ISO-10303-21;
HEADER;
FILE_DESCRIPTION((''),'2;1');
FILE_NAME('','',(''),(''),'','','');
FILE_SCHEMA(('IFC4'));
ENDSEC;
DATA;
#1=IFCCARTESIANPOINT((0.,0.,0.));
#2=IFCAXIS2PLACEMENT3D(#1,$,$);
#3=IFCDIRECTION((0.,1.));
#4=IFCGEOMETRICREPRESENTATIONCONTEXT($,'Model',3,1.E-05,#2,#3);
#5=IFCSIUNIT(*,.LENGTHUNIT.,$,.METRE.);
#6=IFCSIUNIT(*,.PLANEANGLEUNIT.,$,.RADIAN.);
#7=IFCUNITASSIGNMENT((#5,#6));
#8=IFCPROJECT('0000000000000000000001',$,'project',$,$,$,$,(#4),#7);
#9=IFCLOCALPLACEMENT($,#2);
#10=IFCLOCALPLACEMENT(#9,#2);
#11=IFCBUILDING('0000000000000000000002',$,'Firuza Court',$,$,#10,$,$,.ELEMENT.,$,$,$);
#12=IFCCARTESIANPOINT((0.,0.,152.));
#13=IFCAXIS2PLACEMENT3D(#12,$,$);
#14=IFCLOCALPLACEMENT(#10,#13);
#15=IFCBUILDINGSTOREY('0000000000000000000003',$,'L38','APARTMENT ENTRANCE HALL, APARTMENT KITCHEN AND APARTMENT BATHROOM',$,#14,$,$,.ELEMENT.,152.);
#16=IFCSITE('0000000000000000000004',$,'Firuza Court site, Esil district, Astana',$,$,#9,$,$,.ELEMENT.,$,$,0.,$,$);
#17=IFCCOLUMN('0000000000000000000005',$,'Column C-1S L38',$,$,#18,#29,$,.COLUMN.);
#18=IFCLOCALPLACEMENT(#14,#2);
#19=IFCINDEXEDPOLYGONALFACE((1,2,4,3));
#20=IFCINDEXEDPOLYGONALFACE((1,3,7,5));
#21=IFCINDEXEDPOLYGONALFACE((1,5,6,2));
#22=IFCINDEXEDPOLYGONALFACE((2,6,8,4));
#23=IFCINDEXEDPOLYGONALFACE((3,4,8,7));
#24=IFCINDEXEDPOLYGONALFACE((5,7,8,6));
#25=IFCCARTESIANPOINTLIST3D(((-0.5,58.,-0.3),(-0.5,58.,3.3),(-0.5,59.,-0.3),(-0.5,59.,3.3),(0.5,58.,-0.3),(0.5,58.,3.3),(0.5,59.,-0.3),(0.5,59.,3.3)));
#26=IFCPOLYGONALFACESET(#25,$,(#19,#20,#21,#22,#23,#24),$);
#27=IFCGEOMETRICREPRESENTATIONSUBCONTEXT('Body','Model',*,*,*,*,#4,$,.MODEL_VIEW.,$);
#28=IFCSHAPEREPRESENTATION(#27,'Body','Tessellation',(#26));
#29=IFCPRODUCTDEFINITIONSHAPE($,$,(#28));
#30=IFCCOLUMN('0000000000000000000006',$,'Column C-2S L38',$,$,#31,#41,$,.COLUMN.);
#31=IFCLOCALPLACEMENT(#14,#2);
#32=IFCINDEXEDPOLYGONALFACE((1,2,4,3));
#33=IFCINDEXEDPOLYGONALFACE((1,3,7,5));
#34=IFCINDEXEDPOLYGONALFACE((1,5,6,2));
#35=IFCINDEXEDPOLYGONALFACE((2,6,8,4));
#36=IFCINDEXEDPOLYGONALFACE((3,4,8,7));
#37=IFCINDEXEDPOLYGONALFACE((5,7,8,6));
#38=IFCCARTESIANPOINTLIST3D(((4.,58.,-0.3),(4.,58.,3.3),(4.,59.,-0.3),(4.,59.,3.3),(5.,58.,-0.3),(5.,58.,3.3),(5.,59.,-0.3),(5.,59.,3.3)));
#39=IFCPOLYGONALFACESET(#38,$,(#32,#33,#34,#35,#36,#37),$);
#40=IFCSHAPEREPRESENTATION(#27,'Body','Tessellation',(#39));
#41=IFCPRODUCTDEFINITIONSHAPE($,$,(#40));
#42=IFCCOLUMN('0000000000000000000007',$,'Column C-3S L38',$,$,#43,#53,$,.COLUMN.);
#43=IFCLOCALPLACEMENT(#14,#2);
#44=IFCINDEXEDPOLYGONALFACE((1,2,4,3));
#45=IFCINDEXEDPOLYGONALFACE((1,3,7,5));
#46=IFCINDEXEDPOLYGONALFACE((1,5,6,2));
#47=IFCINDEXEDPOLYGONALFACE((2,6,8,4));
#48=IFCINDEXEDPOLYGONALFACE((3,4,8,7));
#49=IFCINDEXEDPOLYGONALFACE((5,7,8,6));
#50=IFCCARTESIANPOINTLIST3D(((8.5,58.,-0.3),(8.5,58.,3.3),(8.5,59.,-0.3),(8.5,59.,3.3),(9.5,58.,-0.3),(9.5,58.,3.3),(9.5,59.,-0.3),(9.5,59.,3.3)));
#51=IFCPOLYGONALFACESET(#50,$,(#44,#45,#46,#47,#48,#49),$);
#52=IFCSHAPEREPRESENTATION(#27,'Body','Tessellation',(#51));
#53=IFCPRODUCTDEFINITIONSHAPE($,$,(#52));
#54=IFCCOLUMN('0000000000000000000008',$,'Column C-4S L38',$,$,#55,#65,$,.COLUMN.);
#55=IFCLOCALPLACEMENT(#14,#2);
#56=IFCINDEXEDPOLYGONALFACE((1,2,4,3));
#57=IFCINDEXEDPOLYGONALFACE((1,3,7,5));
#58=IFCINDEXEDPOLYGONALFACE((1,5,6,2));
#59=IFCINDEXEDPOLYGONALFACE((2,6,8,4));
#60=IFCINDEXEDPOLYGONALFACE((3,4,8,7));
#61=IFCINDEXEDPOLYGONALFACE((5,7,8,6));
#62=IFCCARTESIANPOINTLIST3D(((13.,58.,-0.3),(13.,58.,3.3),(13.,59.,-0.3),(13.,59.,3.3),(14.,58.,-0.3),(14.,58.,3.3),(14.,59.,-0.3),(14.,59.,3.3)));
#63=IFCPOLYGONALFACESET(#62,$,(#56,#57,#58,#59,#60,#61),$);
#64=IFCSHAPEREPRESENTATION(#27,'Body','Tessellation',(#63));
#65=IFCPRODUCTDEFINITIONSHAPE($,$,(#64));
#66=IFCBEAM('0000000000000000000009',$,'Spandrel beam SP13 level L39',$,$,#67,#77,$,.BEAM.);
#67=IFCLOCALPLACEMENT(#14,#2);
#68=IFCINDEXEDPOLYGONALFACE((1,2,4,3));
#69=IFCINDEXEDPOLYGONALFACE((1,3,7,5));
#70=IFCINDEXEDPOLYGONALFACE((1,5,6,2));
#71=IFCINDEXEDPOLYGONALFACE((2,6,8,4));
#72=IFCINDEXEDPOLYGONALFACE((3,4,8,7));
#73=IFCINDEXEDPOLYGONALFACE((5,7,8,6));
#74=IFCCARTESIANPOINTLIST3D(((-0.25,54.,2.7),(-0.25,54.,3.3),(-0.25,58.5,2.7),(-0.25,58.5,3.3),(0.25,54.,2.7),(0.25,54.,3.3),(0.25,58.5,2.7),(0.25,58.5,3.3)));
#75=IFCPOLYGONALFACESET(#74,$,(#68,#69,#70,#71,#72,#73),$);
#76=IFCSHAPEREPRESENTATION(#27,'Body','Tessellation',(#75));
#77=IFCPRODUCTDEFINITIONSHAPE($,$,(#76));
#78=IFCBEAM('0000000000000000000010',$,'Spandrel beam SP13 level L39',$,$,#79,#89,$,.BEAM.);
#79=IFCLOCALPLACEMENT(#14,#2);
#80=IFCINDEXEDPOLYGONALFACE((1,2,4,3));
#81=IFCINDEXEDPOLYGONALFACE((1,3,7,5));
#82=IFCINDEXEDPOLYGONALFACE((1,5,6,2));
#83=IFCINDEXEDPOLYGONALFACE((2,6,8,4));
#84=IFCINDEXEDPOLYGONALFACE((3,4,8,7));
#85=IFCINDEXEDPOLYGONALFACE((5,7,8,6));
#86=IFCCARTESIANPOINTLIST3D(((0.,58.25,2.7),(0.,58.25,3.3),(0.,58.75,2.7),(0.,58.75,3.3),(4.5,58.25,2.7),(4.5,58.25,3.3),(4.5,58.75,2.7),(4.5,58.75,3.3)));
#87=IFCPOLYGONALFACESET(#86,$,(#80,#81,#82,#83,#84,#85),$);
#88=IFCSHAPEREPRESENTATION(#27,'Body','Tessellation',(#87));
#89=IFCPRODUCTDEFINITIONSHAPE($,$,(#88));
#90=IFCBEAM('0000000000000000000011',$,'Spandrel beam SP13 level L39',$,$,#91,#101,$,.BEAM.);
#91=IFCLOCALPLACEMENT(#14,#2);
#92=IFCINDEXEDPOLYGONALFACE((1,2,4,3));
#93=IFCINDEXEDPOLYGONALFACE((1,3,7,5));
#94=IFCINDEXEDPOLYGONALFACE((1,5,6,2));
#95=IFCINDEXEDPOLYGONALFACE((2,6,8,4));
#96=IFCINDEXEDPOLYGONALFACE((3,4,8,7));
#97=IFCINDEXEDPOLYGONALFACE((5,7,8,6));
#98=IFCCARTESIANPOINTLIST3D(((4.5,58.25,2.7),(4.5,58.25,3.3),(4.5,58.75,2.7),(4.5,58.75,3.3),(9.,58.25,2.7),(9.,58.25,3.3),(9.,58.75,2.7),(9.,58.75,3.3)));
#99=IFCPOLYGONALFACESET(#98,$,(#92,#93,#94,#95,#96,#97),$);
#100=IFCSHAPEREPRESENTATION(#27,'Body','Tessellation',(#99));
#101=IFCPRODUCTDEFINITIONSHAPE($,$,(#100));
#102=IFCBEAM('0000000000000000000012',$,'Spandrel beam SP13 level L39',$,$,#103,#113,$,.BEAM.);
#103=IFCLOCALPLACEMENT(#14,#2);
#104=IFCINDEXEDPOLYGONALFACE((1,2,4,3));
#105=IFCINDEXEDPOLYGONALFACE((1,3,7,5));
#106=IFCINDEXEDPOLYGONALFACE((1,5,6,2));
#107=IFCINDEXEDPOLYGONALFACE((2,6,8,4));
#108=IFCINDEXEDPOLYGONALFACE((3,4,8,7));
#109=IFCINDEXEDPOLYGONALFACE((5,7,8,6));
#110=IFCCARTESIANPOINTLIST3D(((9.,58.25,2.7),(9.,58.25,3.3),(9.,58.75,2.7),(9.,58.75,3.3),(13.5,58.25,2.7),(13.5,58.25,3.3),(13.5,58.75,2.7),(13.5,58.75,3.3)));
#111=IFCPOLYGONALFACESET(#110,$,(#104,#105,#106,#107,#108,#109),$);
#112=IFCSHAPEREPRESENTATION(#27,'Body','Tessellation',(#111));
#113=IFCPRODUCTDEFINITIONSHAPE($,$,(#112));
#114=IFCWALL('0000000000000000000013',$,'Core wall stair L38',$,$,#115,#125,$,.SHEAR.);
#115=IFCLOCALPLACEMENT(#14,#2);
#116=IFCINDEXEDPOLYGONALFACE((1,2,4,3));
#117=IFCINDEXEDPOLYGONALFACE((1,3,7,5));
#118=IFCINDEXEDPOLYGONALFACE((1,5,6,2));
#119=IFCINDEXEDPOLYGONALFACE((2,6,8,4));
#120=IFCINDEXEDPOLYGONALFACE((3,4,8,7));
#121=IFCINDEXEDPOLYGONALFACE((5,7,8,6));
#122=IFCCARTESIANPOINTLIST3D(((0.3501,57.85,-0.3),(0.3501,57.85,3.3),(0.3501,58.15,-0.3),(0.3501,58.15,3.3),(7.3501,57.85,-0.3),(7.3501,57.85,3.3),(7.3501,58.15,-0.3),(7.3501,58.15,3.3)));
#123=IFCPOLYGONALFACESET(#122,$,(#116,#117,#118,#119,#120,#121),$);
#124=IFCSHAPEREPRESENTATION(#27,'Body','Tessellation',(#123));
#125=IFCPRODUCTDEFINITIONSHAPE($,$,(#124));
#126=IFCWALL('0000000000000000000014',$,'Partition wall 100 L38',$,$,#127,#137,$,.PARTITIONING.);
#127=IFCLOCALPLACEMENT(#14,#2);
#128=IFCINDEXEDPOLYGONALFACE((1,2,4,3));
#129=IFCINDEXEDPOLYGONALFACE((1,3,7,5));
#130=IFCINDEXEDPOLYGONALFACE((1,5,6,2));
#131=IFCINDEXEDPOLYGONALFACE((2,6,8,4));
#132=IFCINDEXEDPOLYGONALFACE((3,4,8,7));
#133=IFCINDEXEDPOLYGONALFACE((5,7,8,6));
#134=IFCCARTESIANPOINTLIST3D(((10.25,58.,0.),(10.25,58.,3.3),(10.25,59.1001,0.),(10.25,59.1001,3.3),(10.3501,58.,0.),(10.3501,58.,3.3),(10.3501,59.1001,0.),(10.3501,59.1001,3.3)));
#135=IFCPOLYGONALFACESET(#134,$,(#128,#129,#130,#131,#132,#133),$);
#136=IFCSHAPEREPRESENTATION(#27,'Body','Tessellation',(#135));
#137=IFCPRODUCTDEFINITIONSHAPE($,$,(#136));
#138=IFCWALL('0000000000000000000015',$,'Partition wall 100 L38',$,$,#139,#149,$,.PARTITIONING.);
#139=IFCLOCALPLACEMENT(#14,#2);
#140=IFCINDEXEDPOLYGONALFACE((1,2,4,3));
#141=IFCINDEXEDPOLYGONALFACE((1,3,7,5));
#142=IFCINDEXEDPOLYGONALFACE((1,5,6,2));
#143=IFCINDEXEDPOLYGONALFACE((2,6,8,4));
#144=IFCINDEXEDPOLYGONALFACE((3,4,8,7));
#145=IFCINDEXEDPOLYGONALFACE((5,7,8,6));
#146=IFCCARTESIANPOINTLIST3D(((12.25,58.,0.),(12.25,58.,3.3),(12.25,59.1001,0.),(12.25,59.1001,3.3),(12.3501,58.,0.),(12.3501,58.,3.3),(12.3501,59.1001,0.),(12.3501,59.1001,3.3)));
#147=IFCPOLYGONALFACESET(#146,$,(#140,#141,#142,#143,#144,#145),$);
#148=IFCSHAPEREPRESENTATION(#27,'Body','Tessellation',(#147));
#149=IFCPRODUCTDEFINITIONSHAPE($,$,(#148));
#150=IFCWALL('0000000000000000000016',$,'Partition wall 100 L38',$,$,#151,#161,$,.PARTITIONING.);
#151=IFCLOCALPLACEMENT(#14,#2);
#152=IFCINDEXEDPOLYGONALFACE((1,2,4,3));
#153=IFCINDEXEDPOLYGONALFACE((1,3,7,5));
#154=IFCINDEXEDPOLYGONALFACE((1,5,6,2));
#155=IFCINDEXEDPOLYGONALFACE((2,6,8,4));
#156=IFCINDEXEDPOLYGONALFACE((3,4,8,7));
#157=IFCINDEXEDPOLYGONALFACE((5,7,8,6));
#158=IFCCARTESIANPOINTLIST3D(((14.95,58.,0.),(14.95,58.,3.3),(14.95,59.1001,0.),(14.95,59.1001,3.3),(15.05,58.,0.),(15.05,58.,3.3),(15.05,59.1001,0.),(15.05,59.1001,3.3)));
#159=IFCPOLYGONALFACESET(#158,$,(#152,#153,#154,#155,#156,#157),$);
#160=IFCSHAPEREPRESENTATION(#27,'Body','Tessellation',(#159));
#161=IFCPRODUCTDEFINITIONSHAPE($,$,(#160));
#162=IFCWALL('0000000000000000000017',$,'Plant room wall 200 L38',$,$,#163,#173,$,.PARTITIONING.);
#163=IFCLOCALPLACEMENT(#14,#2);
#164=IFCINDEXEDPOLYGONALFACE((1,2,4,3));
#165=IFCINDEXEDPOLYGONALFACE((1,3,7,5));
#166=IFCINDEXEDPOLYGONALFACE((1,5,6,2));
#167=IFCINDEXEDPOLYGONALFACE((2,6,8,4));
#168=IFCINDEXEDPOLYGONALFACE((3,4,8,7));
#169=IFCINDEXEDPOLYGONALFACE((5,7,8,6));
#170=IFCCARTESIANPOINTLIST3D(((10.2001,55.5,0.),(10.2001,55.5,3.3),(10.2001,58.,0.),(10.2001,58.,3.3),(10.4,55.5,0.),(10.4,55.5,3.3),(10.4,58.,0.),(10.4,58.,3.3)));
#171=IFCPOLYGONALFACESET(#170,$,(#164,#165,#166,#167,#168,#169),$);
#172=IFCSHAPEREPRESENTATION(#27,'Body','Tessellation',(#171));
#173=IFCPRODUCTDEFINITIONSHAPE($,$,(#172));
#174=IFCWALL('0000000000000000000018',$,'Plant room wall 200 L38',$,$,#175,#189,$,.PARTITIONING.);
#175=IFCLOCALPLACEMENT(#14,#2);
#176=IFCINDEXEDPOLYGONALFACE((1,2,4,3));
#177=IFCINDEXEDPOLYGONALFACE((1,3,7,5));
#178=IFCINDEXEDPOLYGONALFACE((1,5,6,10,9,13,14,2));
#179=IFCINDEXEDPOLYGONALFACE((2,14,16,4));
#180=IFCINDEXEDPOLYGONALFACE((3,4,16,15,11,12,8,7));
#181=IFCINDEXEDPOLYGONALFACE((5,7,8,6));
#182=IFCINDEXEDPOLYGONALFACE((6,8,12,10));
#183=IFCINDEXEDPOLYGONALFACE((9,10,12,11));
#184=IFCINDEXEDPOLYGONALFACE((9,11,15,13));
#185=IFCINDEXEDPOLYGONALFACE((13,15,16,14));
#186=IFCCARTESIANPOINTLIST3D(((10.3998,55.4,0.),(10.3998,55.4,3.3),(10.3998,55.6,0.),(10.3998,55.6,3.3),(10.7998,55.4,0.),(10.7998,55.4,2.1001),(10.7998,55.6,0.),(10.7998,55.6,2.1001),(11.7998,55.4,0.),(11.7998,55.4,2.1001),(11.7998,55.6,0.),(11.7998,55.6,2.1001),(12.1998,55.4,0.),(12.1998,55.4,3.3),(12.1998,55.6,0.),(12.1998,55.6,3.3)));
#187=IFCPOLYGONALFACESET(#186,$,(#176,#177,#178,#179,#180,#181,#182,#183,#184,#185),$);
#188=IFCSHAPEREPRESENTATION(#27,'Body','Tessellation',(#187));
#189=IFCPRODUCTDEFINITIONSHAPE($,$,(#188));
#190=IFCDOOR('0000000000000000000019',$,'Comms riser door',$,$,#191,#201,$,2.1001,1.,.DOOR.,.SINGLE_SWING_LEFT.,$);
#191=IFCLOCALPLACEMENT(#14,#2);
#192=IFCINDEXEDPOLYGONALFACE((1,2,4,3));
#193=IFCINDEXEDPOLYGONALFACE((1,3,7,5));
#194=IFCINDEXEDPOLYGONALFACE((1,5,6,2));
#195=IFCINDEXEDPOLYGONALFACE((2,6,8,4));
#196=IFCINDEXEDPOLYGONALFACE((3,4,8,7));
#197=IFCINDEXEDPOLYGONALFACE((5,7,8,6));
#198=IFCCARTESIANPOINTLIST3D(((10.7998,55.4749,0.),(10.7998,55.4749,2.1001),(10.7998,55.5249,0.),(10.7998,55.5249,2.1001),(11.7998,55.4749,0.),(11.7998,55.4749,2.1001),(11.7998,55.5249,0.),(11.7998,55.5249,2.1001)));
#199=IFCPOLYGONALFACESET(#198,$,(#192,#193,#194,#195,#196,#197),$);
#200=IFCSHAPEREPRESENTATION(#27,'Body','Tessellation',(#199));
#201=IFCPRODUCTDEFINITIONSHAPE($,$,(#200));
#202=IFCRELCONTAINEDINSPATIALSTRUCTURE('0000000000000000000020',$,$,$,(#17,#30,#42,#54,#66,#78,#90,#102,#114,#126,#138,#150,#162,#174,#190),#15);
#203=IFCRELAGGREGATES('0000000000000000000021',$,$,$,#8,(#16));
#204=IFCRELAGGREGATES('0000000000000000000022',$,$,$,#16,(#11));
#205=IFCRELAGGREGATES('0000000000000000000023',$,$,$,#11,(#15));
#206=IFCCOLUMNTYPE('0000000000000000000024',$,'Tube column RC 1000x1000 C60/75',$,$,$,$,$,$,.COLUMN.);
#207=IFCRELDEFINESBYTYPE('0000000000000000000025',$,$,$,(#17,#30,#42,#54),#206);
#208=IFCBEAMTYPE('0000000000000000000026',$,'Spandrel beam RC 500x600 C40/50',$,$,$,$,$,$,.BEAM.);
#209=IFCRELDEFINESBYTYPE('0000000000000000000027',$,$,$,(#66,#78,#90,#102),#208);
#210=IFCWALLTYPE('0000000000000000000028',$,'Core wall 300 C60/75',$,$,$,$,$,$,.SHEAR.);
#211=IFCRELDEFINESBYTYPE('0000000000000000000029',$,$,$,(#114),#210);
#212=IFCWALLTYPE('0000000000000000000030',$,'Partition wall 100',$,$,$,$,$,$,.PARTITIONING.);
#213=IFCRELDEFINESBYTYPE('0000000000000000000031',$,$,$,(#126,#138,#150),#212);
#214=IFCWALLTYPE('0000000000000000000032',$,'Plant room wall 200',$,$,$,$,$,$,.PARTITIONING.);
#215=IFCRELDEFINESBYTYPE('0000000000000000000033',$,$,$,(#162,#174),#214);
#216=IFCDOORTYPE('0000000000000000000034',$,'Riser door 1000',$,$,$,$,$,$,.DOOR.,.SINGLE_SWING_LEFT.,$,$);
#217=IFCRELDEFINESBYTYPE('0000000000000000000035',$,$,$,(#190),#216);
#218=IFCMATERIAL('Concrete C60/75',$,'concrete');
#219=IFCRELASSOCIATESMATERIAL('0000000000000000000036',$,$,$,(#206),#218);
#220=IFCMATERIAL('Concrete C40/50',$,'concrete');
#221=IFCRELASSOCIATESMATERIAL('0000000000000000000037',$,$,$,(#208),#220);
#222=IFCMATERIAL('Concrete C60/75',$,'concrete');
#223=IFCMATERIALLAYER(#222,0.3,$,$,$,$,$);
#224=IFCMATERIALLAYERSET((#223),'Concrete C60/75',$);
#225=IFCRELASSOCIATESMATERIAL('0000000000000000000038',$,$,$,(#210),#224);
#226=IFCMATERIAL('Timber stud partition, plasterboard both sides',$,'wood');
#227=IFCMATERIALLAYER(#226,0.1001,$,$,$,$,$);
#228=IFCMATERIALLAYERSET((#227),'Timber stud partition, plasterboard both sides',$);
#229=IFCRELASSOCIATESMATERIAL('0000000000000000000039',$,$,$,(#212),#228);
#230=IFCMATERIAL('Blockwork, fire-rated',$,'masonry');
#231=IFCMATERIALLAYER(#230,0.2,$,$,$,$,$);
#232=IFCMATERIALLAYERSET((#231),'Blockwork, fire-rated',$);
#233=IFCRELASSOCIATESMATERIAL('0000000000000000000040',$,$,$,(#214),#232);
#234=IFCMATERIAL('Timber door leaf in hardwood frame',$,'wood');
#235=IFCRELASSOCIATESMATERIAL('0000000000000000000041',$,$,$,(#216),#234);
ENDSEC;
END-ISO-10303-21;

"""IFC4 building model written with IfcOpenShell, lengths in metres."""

from ifc_helpers import new_model, si_unit, direction, frame, frame_2d, origin, origin_2d, place, context, subcontext, project, spatial, rectangle, extrude, material, layer, layer_set, material_profile, profile_set, type_object, element, fill, save


model = new_model("IFC4")

# Units and contexts
model_context = context("Model", 3, precision=1e-05, world=origin(), true_north=direction((0.0, 1.0)))
body_context = subcontext(model_context, "Body", "Model", "MODEL_VIEW")
ifc_project = project(units=[si_unit("LENGTHUNIT", "METRE"), si_unit("PLANEANGLEUNIT", "RADIAN")], contexts=[model_context])

# Site, building, storey
site_placement = place(None, origin())
site = spatial("IfcSite", under=ifc_project, at=site_placement, Name="Firuza Court site, Esil district, Astana", CompositionType="ELEMENT", RefElevation=0.0)
building_placement = place(site_placement, origin())
building = spatial("IfcBuilding", under=site, at=building_placement, Name="Firuza Court", CompositionType="ELEMENT")
storey_placement = place(building_placement, frame((0.0, 0.0, 152.0)))
storey = spatial("IfcBuildingStorey", under=building, at=storey_placement, Name="L38", Description="APARTMENT ENTRANCE HALL, APARTMENT KITCHEN AND APARTMENT BATHROOM", CompositionType="ELEMENT", Elevation=152.0)

# Columns
ifc_material_1 = material(Name="Concrete C60/75", Category="concrete")
ifc_material_profile_1 = material_profile(ifc_material_1, rectangle(XDim=1.0, YDim=1.0, at=origin_2d()), Name="RC 1000x1000")
ifc_profile_set_1 = profile_set([ifc_material_profile_1], Name="Concrete C60/75")
column_type = type_object("IfcColumnType", Name="Tube column RC 1000x1000 C60/75", PredefinedType="COLUMN", material=ifc_profile_set_1)
for number, where, z_axis, x_axis, name in (
    (1, (0.0, 58.5, -0.3), (0.0, 0.0, 1.0), (1.0, 0.0, 0.0), "Column C-1S L38"),
    (2, (4.5, 58.5, -0.3), (0.0, 0.0, 1.0), (1.0, 0.0, 0.0), "Column C-2S L38"),
    (3, (9.0, 58.5, -0.3), (0.0, 0.0, 1.0), (1.0, 0.0, 0.0), "Column C-3S L38"),
    (4, (13.5, 58.5, -0.3), (0.0, 0.0, 1.0), (1.0, 0.0, 0.0), "Column C-4S L38"),
):
    element("IfcColumn", number, at=place(storey_placement, frame(where, z_axis=z_axis, x_axis=x_axis)), inside=storey, type_object=column_type, Name=name, PredefinedType="COLUMN", context=body_context, shape_type="SweptSolid", body=[
        extrude(rectangle(XDim=1.0, YDim=1.0, at=origin_2d()), origin(), (0.0, 0.0, 1.0), 3.6001),
    ])

# Beams
ifc_material_2 = material(Name="Concrete C40/50", Category="concrete")
ifc_material_profile_2 = material_profile(ifc_material_2, rectangle(XDim=0.5, YDim=0.6001, at=origin_2d()), Name="RC 500x600")
ifc_profile_set_2 = profile_set([ifc_material_profile_2], Name="Concrete C40/50")
beam_type = type_object("IfcBeamType", Name="Spandrel beam RC 500x600 C40/50", PredefinedType="BEAM", material=ifc_profile_set_2)
for number, where, z_axis, x_axis, name in (
    (5, (0.0, 58.5, 3.0), (0.0, -1.0, 0.0), (1.0, 0.0, 0.0), "Spandrel beam SP13 level L39"),
    (6, (4.5, 58.5, 3.0), (-1.0, 0.0, 0.0), (0.0, -1.0, 0.0), "Spandrel beam SP13 level L39"),
    (7, (9.0, 58.5, 3.0), (-1.0, 0.0, 0.0), (0.0, -1.0, 0.0), "Spandrel beam SP13 level L39"),
    (8, (13.5, 58.5, 3.0), (-1.0, 0.0, 0.0), (0.0, -1.0, 0.0), "Spandrel beam SP13 level L39"),
):
    element("IfcBeam", number, at=place(storey_placement, frame(where, z_axis=z_axis, x_axis=x_axis)), inside=storey, type_object=beam_type, Name=name, PredefinedType="BEAM", context=body_context, shape_type="SweptSolid", body=[
        extrude(rectangle(XDim=0.5, YDim=0.6001, at=origin_2d()), origin(), (0.0, 0.0, 1.0), 4.5),
    ])

# Walls
ifc_material_3 = material(Name="Concrete C60/75", Category="concrete")
ifc_layer_1 = layer(ifc_material_3, 0.3)
ifc_layer_set_1 = layer_set([ifc_layer_1], Name="Concrete C60/75")
wall_type_1 = type_object("IfcWallType", Name="Core wall 300 C60/75", PredefinedType="SHEAR", material=ifc_layer_set_1)
wall_1_placement = place(storey_placement, frame((0.3501, 58.0, -0.3), z_axis=(0.0, 0.0, 1.0), x_axis=(1.0, 0.0, 0.0)))
element("IfcWall", 9, at=wall_1_placement, inside=storey, type_object=wall_type_1, Name="Core wall stair L38", PredefinedType="SHEAR", context=body_context, shape_type="SweptSolid", body=[
    extrude(rectangle(XDim=7.0, YDim=0.3, at=frame_2d((3.5, 0.0))), origin(), (0.0, 0.0, 1.0), 3.6001),
])
ifc_material_4 = material(Name="Timber stud partition, plasterboard both sides", Category="wood")
ifc_layer_2 = layer(ifc_material_4, 0.1001)
ifc_layer_set_2 = layer_set([ifc_layer_2], Name="Timber stud partition, plasterboard both sides")
wall_type_2 = type_object("IfcWallType", Name="Partition wall 100", PredefinedType="PARTITIONING", material=ifc_layer_set_2)
for number, where, z_axis, x_axis, name in (
    (10, (10.3, 58.0, 0.0), (0.0, 0.0, 1.0), (0.0, 1.0, 0.0), "Partition wall 100 L38"),
    (11, (12.3, 58.0, 0.0), (0.0, 0.0, 1.0), (0.0, 1.0, 0.0), "Partition wall 100 L38"),
    (12, (15.0, 58.0, 0.0), (0.0, 0.0, 1.0), (0.0, 1.0, 0.0), "Partition wall 100 L38"),
):
    element("IfcWall", number, at=place(storey_placement, frame(where, z_axis=z_axis, x_axis=x_axis)), inside=storey, type_object=wall_type_2, Name=name, PredefinedType="PARTITIONING", context=body_context, shape_type="SweptSolid", body=[
        extrude(rectangle(XDim=1.1001, YDim=0.1001, at=frame_2d((0.55, 0.0))), origin(), (0.0, 0.0, 1.0), 3.3),
    ])
ifc_material_5 = material(Name="Blockwork, fire-rated", Category="masonry")
ifc_layer_3 = layer(ifc_material_5, 0.2)
ifc_layer_set_3 = layer_set([ifc_layer_3], Name="Blockwork, fire-rated")
wall_type_3 = type_object("IfcWallType", Name="Plant room wall 200", PredefinedType="PARTITIONING", material=ifc_layer_set_3)
wall_2_placement = place(storey_placement, frame((10.3, 55.5, 0.0), z_axis=(0.0, 0.0, 1.0), x_axis=(0.0, 1.0, 0.0)))
element("IfcWall", 13, at=wall_2_placement, inside=storey, type_object=wall_type_3, Name="Plant room wall 200 L38", PredefinedType="PARTITIONING", context=body_context, shape_type="SweptSolid", body=[
    extrude(rectangle(XDim=2.5, YDim=0.2, at=frame_2d((1.25, 0.0))), origin(), (0.0, 0.0, 1.0), 3.3),
])

# Wall, opening, door
wall_3_placement = place(storey_placement, frame((10.3999, 55.5, 0.0), z_axis=(0.0, 0.0, 1.0), x_axis=(1.0, 0.0, 0.0)))
wall_3 = element("IfcWall", 14, at=wall_3_placement, inside=storey, type_object=wall_type_3, Name="Plant room wall 200 L38", PredefinedType="PARTITIONING", context=body_context, shape_type="SweptSolid", body=[
    extrude(rectangle(XDim=1.8, YDim=0.2, at=frame_2d((0.8999, 0.0))), origin(), (0.0, 0.0, 1.0), 3.3),
])
opening_1_placement = place(wall_3_placement, frame((0.3999, 0.0, 0.0)))
opening_1 = element("IfcOpeningElement", 15, at=opening_1_placement, cuts=wall_3, PredefinedType="OPENING", context=body_context, shape_type="SweptSolid", body=[
    extrude(rectangle(XDim=1.0, YDim=2.1001, at=frame_2d((0.5, 1.05))), frame((0.0, 0.1118, 0.0), z_axis=(0.0, -1.0, 0.0), x_axis=(1.0, 0.0, 0.0)), (0.0, 0.0, 1.0), 0.2239),
])
ifc_material_6 = material(Name="Timber door leaf in hardwood frame", Category="wood")
door_type = type_object("IfcDoorType", Name="Riser door 1000", OperationType="SINGLE_SWING_LEFT", PredefinedType="DOOR", material=ifc_material_6)
door_1_placement = place(opening_1_placement, origin())
door_1 = element("IfcDoor", 16, at=door_1_placement, inside=storey, type_object=door_type, Name="Comms riser door", OperationType="SINGLE_SWING_LEFT", OverallHeight=2.1001, OverallWidth=1.0, PredefinedType="DOOR", context=body_context, shape_type="SweptSolid", body=[
    extrude(rectangle(XDim=1.0, YDim=2.1001, at=frame_2d((0.5, 1.05))), frame((0.0, 0.0249, 0.0), z_axis=(0.0, -1.0, 0.0), x_axis=(1.0, 0.0, 0.0)), (0.0, 0.0, 1.0), 0.05),
])
fill(opening_1, door_1)

save(model, "model.ifc")
